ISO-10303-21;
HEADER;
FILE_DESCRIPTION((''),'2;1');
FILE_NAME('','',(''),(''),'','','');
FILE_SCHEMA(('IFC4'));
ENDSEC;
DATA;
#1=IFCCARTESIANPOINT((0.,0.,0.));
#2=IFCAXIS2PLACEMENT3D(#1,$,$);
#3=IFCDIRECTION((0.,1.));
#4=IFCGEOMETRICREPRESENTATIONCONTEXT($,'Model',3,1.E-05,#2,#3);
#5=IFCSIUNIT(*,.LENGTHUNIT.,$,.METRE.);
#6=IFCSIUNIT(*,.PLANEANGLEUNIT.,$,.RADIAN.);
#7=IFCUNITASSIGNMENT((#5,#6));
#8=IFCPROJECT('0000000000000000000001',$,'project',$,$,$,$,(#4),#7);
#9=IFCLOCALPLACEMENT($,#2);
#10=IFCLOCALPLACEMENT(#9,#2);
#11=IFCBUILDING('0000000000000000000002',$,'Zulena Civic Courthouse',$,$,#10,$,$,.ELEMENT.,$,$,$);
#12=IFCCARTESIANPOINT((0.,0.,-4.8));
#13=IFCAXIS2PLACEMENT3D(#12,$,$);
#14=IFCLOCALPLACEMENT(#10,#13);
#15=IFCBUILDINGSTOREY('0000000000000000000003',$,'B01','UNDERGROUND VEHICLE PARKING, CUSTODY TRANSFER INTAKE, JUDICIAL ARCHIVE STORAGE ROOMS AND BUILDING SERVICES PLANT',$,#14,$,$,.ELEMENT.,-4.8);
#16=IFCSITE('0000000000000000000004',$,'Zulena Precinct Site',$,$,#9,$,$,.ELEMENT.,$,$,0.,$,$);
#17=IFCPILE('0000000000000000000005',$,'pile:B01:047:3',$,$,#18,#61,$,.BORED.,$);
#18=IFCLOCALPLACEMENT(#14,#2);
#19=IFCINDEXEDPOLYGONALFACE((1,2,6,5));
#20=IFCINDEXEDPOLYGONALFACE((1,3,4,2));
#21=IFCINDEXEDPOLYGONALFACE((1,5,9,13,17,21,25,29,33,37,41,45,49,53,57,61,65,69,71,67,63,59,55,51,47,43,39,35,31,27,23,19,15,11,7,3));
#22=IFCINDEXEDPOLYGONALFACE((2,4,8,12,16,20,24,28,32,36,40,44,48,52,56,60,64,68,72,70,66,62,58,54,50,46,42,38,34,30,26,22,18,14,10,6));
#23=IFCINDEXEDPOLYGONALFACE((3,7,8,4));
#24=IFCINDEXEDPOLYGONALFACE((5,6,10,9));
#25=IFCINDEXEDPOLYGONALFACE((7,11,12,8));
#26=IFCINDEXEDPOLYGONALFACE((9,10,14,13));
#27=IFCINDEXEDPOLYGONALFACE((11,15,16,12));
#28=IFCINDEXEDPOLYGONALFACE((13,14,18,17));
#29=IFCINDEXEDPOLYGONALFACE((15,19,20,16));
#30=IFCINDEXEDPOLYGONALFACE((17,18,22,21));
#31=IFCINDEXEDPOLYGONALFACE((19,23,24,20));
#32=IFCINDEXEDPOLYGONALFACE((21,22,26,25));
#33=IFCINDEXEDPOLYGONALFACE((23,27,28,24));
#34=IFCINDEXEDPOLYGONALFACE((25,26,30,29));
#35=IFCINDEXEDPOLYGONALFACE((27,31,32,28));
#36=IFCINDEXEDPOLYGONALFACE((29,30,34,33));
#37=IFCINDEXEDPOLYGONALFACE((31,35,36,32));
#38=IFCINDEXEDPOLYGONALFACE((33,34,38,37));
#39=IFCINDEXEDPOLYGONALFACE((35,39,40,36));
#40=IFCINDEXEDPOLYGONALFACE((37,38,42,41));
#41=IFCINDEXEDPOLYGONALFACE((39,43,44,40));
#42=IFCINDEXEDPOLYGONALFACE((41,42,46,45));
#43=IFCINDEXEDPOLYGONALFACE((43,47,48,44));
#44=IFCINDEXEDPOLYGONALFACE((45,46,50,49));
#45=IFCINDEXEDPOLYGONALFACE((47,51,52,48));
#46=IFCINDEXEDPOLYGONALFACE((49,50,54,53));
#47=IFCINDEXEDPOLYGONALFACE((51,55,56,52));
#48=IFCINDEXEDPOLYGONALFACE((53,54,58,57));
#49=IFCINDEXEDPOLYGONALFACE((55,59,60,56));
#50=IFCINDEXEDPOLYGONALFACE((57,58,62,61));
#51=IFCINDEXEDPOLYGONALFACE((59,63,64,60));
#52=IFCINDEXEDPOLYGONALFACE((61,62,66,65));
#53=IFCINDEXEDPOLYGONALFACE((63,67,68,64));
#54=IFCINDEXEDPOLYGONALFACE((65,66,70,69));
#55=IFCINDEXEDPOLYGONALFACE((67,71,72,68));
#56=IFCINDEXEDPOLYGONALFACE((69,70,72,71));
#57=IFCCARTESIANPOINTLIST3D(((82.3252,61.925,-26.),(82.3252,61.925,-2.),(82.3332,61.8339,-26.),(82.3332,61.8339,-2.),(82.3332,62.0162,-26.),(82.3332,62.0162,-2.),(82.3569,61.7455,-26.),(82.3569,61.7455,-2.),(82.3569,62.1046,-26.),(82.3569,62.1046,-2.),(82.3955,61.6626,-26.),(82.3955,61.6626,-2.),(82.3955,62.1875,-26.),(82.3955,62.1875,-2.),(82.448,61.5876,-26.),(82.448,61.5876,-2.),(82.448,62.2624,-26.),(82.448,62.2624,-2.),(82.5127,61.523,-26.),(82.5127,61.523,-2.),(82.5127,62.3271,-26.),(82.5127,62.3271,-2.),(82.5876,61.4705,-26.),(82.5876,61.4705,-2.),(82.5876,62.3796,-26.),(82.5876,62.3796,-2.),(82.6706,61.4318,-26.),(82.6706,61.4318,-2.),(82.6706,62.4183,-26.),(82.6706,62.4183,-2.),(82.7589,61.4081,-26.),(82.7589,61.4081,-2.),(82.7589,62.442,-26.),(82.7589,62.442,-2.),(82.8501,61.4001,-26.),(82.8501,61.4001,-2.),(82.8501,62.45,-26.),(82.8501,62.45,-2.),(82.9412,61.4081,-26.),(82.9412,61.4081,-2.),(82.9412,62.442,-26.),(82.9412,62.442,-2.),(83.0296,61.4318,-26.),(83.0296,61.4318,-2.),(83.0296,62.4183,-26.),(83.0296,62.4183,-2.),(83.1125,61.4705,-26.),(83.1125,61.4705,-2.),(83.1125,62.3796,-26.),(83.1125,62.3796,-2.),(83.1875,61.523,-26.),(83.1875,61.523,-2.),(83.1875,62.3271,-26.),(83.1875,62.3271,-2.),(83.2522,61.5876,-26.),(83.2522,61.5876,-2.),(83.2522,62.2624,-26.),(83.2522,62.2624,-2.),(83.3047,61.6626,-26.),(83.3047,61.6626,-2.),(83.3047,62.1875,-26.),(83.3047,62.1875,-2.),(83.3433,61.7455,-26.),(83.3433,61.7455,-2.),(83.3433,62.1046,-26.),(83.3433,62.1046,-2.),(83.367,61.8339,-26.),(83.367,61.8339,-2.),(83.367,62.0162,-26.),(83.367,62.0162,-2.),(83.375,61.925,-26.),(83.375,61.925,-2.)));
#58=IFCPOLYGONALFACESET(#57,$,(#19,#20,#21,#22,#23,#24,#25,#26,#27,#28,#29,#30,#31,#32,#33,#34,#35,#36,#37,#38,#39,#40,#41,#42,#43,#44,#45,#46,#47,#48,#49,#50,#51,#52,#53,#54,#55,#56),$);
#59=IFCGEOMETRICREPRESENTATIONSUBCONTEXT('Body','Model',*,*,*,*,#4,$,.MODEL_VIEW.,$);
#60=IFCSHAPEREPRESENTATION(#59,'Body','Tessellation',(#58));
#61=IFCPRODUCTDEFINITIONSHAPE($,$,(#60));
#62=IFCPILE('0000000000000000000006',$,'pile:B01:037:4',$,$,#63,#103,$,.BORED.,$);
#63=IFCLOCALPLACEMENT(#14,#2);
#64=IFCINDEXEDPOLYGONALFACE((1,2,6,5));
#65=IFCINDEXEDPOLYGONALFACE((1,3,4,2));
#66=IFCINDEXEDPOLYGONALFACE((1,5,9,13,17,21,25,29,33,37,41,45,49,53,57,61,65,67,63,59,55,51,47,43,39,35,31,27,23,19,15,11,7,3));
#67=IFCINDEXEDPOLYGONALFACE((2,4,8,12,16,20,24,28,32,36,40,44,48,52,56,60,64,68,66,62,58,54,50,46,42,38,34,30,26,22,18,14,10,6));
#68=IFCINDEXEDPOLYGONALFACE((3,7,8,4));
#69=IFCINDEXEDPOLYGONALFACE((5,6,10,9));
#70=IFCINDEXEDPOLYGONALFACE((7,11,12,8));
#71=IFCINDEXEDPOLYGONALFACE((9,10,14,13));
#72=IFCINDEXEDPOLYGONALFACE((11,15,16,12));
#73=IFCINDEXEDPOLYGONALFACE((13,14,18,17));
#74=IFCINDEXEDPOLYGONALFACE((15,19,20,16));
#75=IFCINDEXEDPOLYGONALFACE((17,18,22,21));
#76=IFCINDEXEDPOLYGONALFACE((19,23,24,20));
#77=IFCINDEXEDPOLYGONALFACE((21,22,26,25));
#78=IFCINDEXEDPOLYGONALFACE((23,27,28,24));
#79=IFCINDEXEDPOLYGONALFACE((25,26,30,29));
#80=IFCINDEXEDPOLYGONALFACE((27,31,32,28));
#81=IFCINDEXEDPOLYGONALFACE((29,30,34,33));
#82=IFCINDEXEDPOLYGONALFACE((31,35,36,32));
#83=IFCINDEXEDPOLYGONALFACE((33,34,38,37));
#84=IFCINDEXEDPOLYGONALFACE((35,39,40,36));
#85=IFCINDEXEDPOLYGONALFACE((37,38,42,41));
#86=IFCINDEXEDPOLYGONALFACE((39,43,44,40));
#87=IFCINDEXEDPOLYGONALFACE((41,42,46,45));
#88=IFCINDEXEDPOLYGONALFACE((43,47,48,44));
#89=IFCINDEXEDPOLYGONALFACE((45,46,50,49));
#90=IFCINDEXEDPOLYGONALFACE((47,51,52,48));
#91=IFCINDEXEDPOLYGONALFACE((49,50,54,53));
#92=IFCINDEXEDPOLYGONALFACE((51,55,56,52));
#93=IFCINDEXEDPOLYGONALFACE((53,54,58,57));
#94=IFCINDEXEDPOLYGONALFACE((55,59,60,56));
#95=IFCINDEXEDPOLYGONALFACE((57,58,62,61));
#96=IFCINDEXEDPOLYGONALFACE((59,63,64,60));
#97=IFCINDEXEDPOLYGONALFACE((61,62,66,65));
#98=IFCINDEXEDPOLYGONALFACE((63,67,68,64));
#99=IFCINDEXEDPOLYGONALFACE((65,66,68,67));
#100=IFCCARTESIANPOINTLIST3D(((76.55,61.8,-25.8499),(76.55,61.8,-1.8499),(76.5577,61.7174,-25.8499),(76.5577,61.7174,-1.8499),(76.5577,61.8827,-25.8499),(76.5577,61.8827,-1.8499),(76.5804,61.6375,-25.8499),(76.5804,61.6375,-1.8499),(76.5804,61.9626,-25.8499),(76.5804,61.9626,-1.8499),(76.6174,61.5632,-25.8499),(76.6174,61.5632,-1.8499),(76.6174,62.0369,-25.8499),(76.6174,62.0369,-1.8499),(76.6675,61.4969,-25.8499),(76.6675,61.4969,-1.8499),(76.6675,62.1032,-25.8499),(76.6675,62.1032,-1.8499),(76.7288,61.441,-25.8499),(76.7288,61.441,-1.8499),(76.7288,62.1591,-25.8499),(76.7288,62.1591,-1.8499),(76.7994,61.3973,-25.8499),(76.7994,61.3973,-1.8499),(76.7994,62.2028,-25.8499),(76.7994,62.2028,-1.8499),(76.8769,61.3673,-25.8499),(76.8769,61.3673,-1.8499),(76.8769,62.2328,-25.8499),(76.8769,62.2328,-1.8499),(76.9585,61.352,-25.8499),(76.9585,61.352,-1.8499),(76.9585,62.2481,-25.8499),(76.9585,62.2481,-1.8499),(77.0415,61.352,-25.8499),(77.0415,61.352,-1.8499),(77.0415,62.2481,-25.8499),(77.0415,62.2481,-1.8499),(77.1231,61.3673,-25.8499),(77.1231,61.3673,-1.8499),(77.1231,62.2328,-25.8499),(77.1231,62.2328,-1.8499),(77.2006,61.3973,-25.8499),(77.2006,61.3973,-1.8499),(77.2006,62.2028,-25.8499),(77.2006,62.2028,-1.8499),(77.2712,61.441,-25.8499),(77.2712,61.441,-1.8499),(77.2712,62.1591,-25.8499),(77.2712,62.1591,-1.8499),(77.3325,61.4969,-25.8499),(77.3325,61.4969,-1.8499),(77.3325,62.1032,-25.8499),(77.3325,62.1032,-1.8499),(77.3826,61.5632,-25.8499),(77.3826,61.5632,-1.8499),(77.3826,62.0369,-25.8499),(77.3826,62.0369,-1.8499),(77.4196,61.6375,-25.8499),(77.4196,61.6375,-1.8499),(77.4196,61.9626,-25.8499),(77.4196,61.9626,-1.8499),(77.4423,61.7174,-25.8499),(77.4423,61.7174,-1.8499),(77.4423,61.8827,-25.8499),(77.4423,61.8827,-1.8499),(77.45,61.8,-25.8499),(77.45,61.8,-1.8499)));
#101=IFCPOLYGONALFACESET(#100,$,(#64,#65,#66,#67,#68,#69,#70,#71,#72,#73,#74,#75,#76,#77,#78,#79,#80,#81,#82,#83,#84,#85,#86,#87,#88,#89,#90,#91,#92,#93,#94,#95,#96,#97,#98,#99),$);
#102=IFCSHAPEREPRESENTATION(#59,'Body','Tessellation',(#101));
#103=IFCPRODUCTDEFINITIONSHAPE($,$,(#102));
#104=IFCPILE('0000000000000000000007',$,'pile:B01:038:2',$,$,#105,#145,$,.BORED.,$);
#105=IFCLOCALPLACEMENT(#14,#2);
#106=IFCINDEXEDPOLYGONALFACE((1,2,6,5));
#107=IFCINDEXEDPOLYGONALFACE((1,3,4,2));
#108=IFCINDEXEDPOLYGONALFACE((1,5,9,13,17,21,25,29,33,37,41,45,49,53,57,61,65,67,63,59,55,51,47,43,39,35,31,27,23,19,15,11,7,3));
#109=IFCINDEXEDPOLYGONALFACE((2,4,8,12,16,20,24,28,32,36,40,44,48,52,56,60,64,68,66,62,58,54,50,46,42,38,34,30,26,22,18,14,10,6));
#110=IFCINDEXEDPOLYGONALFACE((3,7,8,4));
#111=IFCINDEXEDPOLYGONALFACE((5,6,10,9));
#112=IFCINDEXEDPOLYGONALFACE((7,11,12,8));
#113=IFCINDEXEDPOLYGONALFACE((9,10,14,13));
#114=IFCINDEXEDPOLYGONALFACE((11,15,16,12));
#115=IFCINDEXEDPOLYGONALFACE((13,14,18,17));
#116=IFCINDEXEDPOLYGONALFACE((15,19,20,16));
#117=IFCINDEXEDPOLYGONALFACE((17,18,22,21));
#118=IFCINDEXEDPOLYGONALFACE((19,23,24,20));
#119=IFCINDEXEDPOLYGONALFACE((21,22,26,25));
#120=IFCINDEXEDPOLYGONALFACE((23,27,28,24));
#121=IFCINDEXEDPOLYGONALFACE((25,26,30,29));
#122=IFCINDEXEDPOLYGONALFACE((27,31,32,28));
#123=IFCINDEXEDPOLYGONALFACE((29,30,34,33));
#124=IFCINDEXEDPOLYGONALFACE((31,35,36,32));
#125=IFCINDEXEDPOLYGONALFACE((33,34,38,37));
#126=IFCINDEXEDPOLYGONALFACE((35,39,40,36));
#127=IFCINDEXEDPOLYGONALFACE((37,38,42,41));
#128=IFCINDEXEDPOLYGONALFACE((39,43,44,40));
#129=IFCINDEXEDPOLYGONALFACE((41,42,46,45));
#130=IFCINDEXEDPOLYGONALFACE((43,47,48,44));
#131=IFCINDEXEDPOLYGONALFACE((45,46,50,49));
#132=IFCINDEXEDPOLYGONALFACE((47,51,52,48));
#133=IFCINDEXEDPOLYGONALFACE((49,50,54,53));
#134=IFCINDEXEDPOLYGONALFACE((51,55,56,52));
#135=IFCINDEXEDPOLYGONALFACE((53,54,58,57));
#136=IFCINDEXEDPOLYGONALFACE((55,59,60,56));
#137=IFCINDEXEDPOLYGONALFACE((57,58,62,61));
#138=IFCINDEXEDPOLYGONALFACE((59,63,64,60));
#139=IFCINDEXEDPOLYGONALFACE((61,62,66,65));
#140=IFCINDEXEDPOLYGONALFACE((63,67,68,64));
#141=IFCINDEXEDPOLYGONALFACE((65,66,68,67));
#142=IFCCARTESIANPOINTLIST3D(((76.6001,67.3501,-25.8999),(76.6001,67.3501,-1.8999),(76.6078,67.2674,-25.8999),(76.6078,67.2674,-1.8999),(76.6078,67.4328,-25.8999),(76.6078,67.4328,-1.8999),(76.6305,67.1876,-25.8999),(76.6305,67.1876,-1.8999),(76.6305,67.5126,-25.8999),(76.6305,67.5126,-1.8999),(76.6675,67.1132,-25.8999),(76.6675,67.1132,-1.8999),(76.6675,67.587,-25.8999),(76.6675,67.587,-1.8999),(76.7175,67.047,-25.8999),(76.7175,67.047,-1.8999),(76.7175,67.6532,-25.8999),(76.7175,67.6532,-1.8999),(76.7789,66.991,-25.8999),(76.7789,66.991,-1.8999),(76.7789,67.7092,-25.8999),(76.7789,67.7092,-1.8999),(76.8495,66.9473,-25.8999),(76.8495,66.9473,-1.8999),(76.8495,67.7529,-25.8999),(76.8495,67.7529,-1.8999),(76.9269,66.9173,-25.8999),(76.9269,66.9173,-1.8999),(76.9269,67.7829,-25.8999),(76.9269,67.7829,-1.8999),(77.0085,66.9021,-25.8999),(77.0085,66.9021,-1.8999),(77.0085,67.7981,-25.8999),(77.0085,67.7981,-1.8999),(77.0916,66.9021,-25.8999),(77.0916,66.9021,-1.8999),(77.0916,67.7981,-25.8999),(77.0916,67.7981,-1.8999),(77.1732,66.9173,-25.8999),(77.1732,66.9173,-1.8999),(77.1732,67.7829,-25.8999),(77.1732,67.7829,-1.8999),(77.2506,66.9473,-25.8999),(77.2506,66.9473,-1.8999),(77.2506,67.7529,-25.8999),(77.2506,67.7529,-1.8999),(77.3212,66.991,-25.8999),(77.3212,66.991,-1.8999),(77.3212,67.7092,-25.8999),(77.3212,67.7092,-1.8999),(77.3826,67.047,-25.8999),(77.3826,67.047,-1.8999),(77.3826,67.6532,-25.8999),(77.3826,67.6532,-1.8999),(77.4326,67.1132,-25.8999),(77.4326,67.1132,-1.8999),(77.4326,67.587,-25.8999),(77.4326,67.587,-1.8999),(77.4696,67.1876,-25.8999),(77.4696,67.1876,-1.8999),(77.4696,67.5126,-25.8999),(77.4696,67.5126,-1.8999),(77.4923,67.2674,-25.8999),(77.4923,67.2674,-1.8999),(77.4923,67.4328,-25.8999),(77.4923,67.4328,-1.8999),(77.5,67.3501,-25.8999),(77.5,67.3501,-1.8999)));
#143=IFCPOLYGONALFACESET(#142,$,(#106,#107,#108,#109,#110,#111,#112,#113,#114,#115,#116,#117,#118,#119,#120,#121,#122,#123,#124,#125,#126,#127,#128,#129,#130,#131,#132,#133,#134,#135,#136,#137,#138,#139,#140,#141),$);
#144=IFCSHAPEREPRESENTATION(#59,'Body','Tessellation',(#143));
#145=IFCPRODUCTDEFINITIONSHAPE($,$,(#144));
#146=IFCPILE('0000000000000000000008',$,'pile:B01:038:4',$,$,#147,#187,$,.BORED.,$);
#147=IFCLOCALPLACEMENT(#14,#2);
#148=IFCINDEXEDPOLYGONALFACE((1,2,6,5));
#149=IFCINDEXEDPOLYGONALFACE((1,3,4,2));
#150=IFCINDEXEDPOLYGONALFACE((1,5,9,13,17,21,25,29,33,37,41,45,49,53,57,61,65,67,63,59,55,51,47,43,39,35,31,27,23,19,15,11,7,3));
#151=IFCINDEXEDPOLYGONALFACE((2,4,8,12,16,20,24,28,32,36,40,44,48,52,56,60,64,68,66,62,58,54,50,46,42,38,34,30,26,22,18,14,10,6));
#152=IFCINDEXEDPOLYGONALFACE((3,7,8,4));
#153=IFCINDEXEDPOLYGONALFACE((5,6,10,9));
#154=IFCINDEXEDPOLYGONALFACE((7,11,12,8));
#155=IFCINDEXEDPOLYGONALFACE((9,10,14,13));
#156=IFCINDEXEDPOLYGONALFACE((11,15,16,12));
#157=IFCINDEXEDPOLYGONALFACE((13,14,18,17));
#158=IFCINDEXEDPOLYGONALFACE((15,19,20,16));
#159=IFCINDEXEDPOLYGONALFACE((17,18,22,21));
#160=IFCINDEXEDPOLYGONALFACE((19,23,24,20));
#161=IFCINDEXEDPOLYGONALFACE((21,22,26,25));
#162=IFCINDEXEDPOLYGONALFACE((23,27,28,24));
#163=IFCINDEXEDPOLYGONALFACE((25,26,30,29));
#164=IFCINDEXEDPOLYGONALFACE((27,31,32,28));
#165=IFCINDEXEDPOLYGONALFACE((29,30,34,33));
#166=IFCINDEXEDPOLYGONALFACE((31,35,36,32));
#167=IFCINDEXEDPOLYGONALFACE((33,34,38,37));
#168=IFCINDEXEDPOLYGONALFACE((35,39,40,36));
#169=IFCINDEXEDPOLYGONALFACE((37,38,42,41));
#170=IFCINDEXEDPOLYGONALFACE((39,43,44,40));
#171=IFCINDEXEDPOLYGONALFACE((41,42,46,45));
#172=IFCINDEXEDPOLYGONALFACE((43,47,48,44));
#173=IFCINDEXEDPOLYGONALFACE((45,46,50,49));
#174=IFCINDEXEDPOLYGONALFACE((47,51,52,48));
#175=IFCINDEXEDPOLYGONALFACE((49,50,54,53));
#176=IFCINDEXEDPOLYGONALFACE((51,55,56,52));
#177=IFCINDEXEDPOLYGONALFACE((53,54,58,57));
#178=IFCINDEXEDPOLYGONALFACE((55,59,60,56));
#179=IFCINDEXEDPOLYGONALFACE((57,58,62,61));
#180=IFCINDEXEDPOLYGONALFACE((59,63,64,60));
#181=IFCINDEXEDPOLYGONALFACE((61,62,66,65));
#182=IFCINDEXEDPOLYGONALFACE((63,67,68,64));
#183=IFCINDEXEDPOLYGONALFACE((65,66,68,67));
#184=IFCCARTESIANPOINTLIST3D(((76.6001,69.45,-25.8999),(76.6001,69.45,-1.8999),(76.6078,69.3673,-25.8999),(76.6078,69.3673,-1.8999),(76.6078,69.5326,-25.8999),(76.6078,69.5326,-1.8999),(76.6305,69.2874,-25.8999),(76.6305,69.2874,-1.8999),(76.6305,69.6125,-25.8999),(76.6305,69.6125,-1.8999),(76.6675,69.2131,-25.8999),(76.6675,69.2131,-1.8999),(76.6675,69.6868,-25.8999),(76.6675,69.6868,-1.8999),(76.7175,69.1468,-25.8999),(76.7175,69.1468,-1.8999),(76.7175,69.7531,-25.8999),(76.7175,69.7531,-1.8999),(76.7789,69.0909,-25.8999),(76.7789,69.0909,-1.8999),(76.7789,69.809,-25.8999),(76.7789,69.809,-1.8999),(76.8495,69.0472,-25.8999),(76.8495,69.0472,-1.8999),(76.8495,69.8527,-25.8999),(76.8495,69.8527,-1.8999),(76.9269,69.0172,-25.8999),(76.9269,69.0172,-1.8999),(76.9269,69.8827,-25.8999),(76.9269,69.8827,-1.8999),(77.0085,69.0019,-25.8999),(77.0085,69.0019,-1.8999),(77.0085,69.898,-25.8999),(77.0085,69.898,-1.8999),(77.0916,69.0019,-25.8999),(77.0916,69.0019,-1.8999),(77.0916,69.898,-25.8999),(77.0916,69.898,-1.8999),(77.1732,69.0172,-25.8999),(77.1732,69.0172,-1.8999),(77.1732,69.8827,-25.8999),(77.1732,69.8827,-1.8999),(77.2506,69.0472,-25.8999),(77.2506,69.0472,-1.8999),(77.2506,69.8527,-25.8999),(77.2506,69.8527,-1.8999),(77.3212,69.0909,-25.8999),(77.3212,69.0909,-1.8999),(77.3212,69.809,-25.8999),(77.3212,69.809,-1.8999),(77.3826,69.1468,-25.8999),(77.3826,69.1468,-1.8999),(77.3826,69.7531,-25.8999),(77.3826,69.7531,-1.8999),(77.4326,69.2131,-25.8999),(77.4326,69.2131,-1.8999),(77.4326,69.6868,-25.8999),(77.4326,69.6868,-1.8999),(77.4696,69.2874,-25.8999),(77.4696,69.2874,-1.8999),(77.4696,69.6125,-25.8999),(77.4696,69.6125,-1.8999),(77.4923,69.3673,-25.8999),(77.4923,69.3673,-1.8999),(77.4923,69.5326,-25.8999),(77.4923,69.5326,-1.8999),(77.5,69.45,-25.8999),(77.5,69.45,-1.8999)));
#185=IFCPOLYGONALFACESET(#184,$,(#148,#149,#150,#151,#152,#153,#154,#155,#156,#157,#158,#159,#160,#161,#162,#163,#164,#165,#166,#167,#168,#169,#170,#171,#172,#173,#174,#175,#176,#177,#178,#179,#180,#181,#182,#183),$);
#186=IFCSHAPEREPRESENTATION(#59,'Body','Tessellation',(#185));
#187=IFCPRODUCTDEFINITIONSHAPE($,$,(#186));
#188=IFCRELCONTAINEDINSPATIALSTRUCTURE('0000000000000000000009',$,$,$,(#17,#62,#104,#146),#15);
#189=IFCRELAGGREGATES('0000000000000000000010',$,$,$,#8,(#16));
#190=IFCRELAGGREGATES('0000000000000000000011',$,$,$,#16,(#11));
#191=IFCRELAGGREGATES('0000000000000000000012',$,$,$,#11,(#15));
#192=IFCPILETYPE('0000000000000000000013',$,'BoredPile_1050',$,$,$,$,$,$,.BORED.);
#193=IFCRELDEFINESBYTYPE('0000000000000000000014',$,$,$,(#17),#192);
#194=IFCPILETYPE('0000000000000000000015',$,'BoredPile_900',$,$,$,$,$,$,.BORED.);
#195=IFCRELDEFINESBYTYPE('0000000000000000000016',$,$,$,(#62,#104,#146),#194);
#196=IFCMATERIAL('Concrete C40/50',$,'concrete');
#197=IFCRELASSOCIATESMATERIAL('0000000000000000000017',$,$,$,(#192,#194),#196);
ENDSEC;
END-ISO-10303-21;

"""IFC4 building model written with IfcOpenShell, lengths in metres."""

from ifc_helpers import new_model, si_unit, direction, frame, origin, origin_2d, place, context, subcontext, project, spatial, circle, extrude, material, material_profile, profile_set, type_object, element, save


model = new_model("IFC4")

# Units and contexts
model_context = context("Model", 3, precision=1e-05, world=origin(), true_north=direction((0.0, 1.0)))
body_context = subcontext(model_context, "Body", "Model", "MODEL_VIEW")
ifc_project = project(units=[si_unit("LENGTHUNIT", "METRE"), si_unit("PLANEANGLEUNIT", "RADIAN")], contexts=[model_context])

# Site, building, storey
site_placement = place(None, origin())
site = spatial("IfcSite", under=ifc_project, at=site_placement, Name="Zulena Precinct Site", CompositionType="ELEMENT", RefElevation=0.0)
building_placement = place(site_placement, origin())
building = spatial("IfcBuilding", under=site, at=building_placement, Name="Zulena Civic Courthouse", CompositionType="ELEMENT")
storey_placement = place(building_placement, frame((0.0, 0.0, -4.8)))
storey = spatial("IfcBuildingStorey", under=building, at=storey_placement, Name="B01", Description="UNDERGROUND VEHICLE PARKING, CUSTODY TRANSFER INTAKE, JUDICIAL ARCHIVE STORAGE ROOMS AND BUILDING SERVICES PLANT", CompositionType="ELEMENT", Elevation=-4.8)

# Piles
ifc_material_1 = material(Name="Concrete C40/50", Category="concrete")
ifc_material_profile_1 = material_profile(ifc_material_1, circle(Radius=0.5249, at=origin_2d()), Name="PILE1050")
ifc_profile_set_1 = profile_set([ifc_material_profile_1], Name="Concrete C40/50")
pile_type_1 = type_object("IfcPileType", Name="BoredPile_1050", PredefinedType="BORED", material=ifc_profile_set_1)
pile_placement = place(storey_placement, frame((82.8501, 61.925, -2.0), z_axis=(0.0, 0.0, -1.0), x_axis=(1.0, 0.0, 0.0)))
element("IfcPile", 1, at=pile_placement, inside=storey, type_object=pile_type_1, Name="pile:B01:047:3", PredefinedType="BORED", context=body_context, shape_type="SweptSolid", body=[
    extrude(circle(Radius=0.5249, at=origin_2d()), origin(), (0.0, 0.0, 1.0), 24.0),
])
ifc_material_profile_2 = material_profile(ifc_material_1, circle(Radius=0.45, at=origin_2d()), Name="PILE900")
ifc_profile_set_2 = profile_set([ifc_material_profile_2], Name="Concrete C40/50")
pile_type_2 = type_object("IfcPileType", Name="BoredPile_900", PredefinedType="BORED", material=ifc_profile_set_2)
for number, where, z_axis, x_axis, name in (
    (2, (77.0, 61.8, -1.8499), (0.0, 0.0, -1.0), (1.0, 0.0, 0.0), "pile:B01:037:4"),
    (3, (77.05, 67.3501, -1.8999), (0.0, 0.0, -1.0), (1.0, 0.0, 0.0), "pile:B01:038:2"),
    (4, (77.05, 69.45, -1.8999), (0.0, 0.0, -1.0), (1.0, 0.0, 0.0), "pile:B01:038:4"),
):
    element("IfcPile", number, at=place(storey_placement, frame(where, z_axis=z_axis, x_axis=x_axis)), inside=storey, type_object=pile_type_2, Name=name, PredefinedType="BORED", context=body_context, shape_type="SweptSolid", body=[
        extrude(circle(Radius=0.45, at=origin_2d()), origin(), (0.0, 0.0, 1.0), 24.0),
    ])

save(model, "model.ifc")
